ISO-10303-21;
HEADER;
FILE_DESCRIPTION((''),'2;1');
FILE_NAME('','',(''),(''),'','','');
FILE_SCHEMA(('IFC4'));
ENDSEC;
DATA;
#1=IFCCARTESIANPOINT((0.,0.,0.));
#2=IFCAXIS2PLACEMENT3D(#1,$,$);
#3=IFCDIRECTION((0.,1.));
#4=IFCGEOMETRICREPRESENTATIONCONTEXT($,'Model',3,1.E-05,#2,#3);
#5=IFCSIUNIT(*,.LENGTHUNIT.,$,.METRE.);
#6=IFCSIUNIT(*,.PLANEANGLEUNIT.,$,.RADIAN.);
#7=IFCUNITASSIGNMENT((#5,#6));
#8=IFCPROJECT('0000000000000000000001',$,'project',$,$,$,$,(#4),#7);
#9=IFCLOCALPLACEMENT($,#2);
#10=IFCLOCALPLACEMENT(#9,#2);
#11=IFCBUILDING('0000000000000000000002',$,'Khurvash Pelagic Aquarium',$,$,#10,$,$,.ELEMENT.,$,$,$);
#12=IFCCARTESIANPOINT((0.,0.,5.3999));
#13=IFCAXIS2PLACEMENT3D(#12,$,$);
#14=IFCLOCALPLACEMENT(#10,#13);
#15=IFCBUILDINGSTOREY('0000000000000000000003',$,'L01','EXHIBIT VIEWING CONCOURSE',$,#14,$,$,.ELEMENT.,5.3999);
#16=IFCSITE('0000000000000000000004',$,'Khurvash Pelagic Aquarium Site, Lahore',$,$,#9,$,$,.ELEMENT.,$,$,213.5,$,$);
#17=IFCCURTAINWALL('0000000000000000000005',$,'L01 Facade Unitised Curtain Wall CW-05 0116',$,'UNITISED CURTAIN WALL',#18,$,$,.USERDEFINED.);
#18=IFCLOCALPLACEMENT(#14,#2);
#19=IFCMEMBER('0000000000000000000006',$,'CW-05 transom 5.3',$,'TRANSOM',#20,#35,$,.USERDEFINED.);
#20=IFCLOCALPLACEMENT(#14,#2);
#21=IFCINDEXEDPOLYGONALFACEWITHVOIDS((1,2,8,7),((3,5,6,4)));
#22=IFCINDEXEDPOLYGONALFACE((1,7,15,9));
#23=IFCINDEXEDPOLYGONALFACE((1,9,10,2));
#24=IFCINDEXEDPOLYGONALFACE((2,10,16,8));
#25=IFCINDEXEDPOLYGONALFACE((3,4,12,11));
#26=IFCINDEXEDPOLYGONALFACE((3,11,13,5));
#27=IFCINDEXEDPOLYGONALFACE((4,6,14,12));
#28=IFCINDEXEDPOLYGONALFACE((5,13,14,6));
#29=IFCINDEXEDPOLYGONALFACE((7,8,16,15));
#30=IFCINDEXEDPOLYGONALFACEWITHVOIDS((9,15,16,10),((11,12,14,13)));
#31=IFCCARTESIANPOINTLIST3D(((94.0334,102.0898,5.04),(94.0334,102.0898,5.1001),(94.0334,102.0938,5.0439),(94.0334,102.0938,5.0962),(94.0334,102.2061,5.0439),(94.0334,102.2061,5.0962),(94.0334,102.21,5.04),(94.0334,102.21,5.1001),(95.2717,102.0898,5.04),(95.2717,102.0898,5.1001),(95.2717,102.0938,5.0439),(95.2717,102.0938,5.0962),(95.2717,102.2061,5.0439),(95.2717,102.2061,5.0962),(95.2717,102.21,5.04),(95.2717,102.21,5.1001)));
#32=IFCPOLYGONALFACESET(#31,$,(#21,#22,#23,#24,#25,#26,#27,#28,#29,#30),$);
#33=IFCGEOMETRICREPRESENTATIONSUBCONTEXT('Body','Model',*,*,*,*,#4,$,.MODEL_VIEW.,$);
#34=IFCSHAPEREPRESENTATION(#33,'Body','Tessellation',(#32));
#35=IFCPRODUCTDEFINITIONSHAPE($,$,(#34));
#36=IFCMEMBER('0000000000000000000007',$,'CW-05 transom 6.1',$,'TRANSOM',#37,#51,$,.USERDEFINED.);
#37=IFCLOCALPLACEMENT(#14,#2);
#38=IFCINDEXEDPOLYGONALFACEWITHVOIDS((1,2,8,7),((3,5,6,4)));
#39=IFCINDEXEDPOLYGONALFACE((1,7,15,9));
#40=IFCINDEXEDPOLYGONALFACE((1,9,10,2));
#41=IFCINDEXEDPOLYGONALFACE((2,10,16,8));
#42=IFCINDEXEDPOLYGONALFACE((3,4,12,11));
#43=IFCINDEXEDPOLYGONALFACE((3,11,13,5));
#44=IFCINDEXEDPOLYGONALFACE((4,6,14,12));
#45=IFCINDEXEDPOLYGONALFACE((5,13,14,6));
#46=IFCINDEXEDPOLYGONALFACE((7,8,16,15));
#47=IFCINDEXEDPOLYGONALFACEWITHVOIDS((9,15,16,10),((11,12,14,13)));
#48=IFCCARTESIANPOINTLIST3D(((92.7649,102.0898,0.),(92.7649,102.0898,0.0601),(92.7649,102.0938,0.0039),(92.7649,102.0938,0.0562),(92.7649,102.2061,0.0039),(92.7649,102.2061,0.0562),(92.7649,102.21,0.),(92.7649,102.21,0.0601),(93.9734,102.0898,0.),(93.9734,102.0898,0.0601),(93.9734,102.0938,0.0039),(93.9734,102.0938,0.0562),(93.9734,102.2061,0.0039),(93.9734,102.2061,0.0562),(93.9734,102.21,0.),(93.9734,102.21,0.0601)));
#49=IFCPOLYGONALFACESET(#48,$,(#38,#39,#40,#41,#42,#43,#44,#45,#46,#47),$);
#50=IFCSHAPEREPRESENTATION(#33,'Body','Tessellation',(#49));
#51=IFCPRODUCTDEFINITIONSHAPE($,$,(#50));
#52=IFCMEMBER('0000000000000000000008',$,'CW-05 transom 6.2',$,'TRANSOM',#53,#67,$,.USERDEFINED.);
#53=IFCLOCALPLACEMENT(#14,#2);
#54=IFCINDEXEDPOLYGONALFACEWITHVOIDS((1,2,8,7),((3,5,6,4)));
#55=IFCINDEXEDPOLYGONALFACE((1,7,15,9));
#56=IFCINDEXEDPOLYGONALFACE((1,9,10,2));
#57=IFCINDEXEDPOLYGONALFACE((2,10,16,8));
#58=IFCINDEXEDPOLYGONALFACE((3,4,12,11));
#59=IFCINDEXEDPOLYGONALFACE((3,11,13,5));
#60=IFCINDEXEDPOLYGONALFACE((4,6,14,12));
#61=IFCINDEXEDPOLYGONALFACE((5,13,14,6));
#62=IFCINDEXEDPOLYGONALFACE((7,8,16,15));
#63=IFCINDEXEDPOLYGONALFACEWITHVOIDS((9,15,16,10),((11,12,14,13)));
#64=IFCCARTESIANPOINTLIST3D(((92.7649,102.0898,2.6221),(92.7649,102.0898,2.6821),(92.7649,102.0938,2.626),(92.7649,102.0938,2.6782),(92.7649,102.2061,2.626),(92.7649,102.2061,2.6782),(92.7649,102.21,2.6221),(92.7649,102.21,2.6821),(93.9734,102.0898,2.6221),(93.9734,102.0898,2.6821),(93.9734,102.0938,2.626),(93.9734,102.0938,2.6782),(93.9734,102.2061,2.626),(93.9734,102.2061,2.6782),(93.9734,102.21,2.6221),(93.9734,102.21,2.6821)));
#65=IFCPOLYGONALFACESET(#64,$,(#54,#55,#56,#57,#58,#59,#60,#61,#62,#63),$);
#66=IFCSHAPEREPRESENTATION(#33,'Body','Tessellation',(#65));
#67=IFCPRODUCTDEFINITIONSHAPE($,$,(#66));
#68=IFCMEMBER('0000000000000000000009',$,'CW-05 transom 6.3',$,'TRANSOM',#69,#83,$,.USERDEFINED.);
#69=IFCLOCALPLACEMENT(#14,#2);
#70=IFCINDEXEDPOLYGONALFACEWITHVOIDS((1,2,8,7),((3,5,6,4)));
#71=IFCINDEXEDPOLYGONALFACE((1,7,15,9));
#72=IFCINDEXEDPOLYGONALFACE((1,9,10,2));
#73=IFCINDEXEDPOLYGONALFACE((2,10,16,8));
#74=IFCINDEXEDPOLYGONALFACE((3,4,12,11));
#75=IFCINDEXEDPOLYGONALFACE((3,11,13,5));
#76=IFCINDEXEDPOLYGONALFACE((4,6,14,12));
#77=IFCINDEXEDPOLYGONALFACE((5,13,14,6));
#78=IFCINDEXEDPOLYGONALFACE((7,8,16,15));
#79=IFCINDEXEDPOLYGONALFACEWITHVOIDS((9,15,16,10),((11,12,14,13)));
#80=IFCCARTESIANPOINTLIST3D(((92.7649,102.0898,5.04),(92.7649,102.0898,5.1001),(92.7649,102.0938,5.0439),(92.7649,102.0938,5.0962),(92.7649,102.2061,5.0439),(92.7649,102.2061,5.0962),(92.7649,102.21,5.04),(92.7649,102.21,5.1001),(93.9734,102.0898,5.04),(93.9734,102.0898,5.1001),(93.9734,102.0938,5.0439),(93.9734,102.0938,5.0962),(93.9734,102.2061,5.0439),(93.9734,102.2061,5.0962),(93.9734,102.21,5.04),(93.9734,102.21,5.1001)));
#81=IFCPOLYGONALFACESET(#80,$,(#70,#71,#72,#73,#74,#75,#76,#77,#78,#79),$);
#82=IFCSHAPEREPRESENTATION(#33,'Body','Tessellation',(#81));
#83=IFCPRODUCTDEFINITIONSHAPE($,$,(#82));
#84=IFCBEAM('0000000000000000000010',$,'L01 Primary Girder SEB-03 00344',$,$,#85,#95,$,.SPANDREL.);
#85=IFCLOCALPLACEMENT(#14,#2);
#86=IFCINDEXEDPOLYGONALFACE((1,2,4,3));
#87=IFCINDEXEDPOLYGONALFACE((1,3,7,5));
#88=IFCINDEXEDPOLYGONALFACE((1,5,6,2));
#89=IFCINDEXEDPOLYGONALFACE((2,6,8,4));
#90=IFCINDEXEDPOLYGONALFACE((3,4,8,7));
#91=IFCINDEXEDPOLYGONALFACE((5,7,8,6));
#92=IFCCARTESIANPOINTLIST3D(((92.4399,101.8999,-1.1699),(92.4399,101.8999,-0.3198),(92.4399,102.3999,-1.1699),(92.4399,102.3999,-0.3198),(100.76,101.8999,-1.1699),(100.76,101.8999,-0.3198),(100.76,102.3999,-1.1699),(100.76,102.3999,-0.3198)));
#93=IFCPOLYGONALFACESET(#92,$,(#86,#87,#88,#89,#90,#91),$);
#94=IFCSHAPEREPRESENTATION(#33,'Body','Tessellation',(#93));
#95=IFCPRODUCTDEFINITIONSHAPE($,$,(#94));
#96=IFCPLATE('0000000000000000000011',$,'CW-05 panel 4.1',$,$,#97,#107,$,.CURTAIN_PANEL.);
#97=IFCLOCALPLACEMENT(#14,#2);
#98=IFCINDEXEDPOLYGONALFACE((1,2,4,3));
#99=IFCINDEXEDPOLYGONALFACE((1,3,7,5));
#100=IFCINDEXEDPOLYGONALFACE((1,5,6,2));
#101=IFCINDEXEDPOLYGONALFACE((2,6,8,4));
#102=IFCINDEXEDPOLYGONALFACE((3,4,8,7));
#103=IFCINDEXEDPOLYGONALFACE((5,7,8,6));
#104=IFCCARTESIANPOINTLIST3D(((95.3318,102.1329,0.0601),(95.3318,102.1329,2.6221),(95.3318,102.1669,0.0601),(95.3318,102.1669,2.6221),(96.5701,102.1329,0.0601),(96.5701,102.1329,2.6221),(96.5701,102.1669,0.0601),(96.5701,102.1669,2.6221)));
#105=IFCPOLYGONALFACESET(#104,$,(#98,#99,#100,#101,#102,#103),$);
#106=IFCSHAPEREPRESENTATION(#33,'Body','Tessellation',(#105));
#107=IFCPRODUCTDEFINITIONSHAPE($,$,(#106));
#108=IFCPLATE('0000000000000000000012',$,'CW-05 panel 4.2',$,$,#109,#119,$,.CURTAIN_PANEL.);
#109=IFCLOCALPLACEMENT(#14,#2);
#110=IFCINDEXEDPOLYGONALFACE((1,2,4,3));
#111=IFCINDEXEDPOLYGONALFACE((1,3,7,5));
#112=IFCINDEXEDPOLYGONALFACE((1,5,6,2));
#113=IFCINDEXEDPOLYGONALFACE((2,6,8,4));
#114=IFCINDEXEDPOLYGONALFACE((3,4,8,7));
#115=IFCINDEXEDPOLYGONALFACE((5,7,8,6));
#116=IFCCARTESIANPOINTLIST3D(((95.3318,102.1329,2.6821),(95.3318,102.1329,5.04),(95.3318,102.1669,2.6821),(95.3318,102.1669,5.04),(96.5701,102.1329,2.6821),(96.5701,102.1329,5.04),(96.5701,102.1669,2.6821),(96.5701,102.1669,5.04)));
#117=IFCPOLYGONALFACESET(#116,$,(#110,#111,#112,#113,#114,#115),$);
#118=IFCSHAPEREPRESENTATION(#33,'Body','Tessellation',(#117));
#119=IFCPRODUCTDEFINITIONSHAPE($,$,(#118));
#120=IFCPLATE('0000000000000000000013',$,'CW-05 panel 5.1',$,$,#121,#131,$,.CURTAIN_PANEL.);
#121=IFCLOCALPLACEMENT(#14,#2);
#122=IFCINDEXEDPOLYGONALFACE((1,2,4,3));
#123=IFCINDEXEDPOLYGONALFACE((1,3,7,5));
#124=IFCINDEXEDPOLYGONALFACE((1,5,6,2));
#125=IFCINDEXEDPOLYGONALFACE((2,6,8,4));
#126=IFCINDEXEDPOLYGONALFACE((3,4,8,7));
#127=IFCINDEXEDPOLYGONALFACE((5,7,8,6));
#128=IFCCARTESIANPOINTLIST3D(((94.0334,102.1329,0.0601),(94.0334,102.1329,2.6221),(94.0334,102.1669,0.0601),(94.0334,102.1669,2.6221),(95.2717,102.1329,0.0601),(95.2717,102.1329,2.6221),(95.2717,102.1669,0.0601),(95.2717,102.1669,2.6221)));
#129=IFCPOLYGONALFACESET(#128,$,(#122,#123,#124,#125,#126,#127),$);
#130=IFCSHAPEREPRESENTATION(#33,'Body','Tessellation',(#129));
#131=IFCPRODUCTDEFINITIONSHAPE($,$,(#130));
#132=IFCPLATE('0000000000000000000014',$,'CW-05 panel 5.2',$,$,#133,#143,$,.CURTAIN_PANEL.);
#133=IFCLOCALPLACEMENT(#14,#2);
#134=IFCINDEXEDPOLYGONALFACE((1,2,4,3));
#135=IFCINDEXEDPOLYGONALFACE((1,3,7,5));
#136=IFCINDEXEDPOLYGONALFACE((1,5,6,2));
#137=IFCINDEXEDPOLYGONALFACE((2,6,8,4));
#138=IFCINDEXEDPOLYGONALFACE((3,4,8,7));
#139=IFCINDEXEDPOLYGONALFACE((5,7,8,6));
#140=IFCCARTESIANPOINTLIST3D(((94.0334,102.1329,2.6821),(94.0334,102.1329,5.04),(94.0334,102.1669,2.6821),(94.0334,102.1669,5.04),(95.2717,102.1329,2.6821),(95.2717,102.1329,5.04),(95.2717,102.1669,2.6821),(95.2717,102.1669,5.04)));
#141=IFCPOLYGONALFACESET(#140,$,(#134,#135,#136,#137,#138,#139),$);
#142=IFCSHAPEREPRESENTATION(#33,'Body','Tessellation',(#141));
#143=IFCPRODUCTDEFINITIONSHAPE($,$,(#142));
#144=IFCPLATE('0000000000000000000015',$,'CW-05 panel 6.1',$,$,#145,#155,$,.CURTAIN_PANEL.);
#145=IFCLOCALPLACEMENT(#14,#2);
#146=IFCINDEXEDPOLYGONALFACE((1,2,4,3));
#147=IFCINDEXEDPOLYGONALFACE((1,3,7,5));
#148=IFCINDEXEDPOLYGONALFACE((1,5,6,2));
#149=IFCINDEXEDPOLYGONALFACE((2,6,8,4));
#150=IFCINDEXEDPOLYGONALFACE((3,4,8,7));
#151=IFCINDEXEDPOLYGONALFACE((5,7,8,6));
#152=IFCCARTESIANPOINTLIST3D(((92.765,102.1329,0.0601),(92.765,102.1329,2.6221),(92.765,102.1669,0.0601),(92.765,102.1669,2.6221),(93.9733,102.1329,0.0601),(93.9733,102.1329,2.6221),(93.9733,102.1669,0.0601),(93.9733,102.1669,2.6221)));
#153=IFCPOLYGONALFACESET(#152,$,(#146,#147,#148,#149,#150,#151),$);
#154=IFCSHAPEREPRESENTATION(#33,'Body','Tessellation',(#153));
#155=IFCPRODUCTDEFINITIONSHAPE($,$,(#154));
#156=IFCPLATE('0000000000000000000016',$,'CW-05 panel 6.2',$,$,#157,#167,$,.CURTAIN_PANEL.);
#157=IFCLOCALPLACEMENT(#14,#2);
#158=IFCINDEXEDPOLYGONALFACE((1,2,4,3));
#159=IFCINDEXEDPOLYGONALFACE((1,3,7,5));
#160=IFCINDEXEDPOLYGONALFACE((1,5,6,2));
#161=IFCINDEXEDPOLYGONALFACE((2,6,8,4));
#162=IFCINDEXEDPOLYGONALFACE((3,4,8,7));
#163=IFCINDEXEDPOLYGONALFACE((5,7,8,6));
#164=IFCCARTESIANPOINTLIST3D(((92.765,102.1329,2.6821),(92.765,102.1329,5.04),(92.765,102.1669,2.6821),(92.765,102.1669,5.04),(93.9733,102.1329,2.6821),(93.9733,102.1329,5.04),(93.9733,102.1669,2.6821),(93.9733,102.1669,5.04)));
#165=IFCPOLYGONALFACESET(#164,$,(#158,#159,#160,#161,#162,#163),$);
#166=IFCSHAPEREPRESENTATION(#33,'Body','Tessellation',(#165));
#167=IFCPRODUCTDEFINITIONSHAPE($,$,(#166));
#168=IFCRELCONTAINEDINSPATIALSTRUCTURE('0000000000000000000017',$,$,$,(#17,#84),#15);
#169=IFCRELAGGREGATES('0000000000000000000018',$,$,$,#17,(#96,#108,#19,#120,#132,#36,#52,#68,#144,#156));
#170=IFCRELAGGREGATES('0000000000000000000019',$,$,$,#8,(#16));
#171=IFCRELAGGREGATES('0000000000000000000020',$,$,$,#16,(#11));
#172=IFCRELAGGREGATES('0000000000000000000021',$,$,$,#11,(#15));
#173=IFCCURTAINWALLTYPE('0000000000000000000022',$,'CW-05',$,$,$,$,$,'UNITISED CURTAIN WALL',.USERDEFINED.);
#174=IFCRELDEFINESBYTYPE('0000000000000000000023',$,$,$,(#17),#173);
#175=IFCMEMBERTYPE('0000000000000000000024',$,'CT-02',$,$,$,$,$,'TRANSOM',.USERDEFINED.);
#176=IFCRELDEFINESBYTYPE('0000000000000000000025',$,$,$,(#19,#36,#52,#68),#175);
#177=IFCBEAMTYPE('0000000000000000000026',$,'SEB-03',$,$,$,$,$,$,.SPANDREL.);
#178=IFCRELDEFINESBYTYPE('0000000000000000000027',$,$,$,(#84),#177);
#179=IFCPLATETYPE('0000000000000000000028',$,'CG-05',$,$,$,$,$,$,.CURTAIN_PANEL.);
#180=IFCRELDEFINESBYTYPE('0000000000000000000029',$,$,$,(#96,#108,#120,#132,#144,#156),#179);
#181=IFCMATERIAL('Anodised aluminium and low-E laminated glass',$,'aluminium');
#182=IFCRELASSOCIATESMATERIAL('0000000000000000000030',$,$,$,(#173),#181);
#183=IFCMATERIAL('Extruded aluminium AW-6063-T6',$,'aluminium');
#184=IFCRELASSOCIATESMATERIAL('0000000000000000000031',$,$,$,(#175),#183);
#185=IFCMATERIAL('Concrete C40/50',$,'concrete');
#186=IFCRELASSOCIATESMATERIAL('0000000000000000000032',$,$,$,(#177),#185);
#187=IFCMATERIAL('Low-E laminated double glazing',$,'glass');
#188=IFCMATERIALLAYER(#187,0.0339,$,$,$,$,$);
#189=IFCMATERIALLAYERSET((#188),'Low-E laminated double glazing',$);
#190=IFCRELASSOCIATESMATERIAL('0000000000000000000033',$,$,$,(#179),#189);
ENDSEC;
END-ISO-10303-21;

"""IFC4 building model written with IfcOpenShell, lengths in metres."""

from ifc_helpers import new_model, si_unit, direction, frame, origin, origin_2d, place, context, subcontext, project, spatial, rectangle, hollow_rectangle, extrude, material, layer, layer_set, material_profile, profile_set, type_object, element, aggregate, save


model = new_model("IFC4")

# Units and contexts
model_context = context("Model", 3, precision=1e-05, world=origin(), true_north=direction((0.0, 1.0)))
body_context = subcontext(model_context, "Body", "Model", "MODEL_VIEW")
ifc_project = project(units=[si_unit("LENGTHUNIT", "METRE"), si_unit("PLANEANGLEUNIT", "RADIAN")], contexts=[model_context])

# Site, building, storey
site_placement = place(None, origin())
site = spatial("IfcSite", under=ifc_project, at=site_placement, Name="Khurvash Pelagic Aquarium Site, Lahore", CompositionType="ELEMENT", RefElevation=213.5)
building_placement = place(site_placement, origin())
building = spatial("IfcBuilding", under=site, at=building_placement, Name="Khurvash Pelagic Aquarium", CompositionType="ELEMENT")
storey_placement = place(building_placement, frame((0.0, 0.0, 5.3999)))
storey = spatial("IfcBuildingStorey", under=building, at=storey_placement, Name="L01", Description="EXHIBIT VIEWING CONCOURSE", CompositionType="ELEMENT", Elevation=5.3999)

# Curtain wall, members
ifc_material_1 = material(Name="Anodised aluminium and low-E laminated glass", Category="aluminium")
curtain_wall_type = type_object("IfcCurtainWallType", Name="CW-05", ElementType="UNITISED CURTAIN WALL", PredefinedType="USERDEFINED", material=ifc_material_1)
curtain_wall_placement = place(storey_placement, origin())
curtain_wall = element("IfcCurtainWall", 1, at=curtain_wall_placement, inside=storey, type_object=curtain_wall_type, Name="L01 Facade Unitised Curtain Wall CW-05 0116", ObjectType="UNITISED CURTAIN WALL", PredefinedType="USERDEFINED")
ifc_material_2 = material(Name="Extruded aluminium AW-6063-T6", Category="aluminium")
ifc_material_profile_1 = material_profile(ifc_material_2, hollow_rectangle(XDim=0.1201, YDim=0.0601, WallThickness=0.0039, at=origin_2d()), Name="CWT120X60X4")
ifc_profile_set_1 = profile_set([ifc_material_profile_1], Name="Extruded aluminium AW-6063-T6")
member_type_1 = type_object("IfcMemberType", Name="CT-02", ElementType="TRANSOM", PredefinedType="USERDEFINED", material=ifc_profile_set_1)
member_1_placement = place(storey_placement, frame((95.2717, 102.1499, 5.0701), z_axis=(-1.0, 0.0, 0.0), x_axis=(0.0, -1.0, 0.0)))
member_1 = element("IfcMember", 2, at=member_1_placement, type_object=member_type_1, Name="CW-05 transom 5.3", ObjectType="TRANSOM", PredefinedType="USERDEFINED", context=body_context, shape_type="SweptSolid", body=[
    extrude(hollow_rectangle(XDim=0.1201, YDim=0.0601, WallThickness=0.0039, at=origin_2d()), origin(), (0.0, 0.0, 1.0), 1.2383),
])
member_2_placement = place(storey_placement, frame((93.9734, 102.1499, 0.03), z_axis=(-1.0, 0.0, 0.0), x_axis=(0.0, -1.0, 0.0)))
member_2 = element("IfcMember", 3, at=member_2_placement, type_object=member_type_1, Name="CW-05 transom 6.1", ObjectType="TRANSOM", PredefinedType="USERDEFINED", context=body_context, shape_type="SweptSolid", body=[
    extrude(hollow_rectangle(XDim=0.1201, YDim=0.0601, WallThickness=0.0039, at=origin_2d()), origin(), (0.0, 0.0, 1.0), 1.2085),
])
member_3_placement = place(storey_placement, frame((93.9734, 102.1499, 2.6521), z_axis=(-1.0, 0.0, 0.0), x_axis=(0.0, -1.0, 0.0)))
member_3 = element("IfcMember", 4, at=member_3_placement, type_object=member_type_1, Name="CW-05 transom 6.2", ObjectType="TRANSOM", PredefinedType="USERDEFINED", context=body_context, shape_type="SweptSolid", body=[
    extrude(hollow_rectangle(XDim=0.1201, YDim=0.0601, WallThickness=0.0039, at=origin_2d()), origin(), (0.0, 0.0, 1.0), 1.2085),
])
member_4_placement = place(storey_placement, frame((93.9734, 102.1499, 5.0701), z_axis=(-1.0, 0.0, 0.0), x_axis=(0.0, -1.0, 0.0)))
member_4 = element("IfcMember", 5, at=member_4_placement, type_object=member_type_1, Name="CW-05 transom 6.3", ObjectType="TRANSOM", PredefinedType="USERDEFINED", context=body_context, shape_type="SweptSolid", body=[
    extrude(hollow_rectangle(XDim=0.1201, YDim=0.0601, WallThickness=0.0039, at=origin_2d()), origin(), (0.0, 0.0, 1.0), 1.2085),
])

# Beam
ifc_material_3 = material(Name="Concrete C40/50", Category="concrete")
ifc_material_profile_2 = material_profile(ifc_material_3, rectangle(XDim=0.5, YDim=0.8501, at=origin_2d()), Name="RC500X850")
ifc_profile_set_2 = profile_set([ifc_material_profile_2], Name="Concrete C40/50")
beam_type_1 = type_object("IfcBeamType", Name="SEB-03", PredefinedType="SPANDREL", material=ifc_profile_set_2)
beam_placement = place(storey_placement, frame((92.4399, 102.1499, -0.7449), z_axis=(1.0, 0.0, 0.0), x_axis=(0.0, 1.0, 0.0)))
element("IfcBeam", 6, at=beam_placement, inside=storey, type_object=beam_type_1, Name="L01 Primary Girder SEB-03 00344", PredefinedType="SPANDREL", context=body_context, shape_type="SweptSolid", body=[
    extrude(rectangle(XDim=0.5, YDim=0.8501, at=origin_2d()), origin(), (0.0, 0.0, 1.0), 8.3201),
])

# Plates
ifc_material_4 = material(Name="Low-E laminated double glazing", Category="glass")
ifc_layer = layer(ifc_material_4, 0.0339)
ifc_layer_set = layer_set([ifc_layer], Name="Low-E laminated double glazing")
plate_type = type_object("IfcPlateType", Name="CG-05", PredefinedType="CURTAIN_PANEL", material=ifc_layer_set)
plate_1_placement = place(storey_placement, frame((95.9509, 102.1499, 0.0601), z_axis=(0.0, 0.0, 1.0), x_axis=(-1.0, 0.0, 0.0)))
plate_1 = element("IfcPlate", 7, at=plate_1_placement, type_object=plate_type, Name="CW-05 panel 4.1", PredefinedType="CURTAIN_PANEL", context=body_context, shape_type="SweptSolid", body=[
    extrude(rectangle(XDim=1.2383, YDim=0.0339, at=origin_2d()), origin(), (0.0, 0.0, 1.0), 2.562),
])
plate_2_placement = place(storey_placement, frame((95.9509, 102.1499, 2.6821), z_axis=(0.0, 0.0, 1.0), x_axis=(-1.0, 0.0, 0.0)))
plate_2 = element("IfcPlate", 8, at=plate_2_placement, type_object=plate_type, Name="CW-05 panel 4.2", PredefinedType="CURTAIN_PANEL", context=body_context, shape_type="SweptSolid", body=[
    extrude(rectangle(XDim=1.2383, YDim=0.0339, at=origin_2d()), origin(), (0.0, 0.0, 1.0), 2.3579),
])
plate_3_placement = place(storey_placement, frame((94.6526, 102.1499, 0.0601), z_axis=(0.0, 0.0, 1.0), x_axis=(-1.0, 0.0, 0.0)))
plate_3 = element("IfcPlate", 9, at=plate_3_placement, type_object=plate_type, Name="CW-05 panel 5.1", PredefinedType="CURTAIN_PANEL", context=body_context, shape_type="SweptSolid", body=[
    extrude(rectangle(XDim=1.2383, YDim=0.0339, at=origin_2d()), origin(), (0.0, 0.0, 1.0), 2.562),
])
plate_4_placement = place(storey_placement, frame((94.6526, 102.1499, 2.6821), z_axis=(0.0, 0.0, 1.0), x_axis=(-1.0, 0.0, 0.0)))
plate_4 = element("IfcPlate", 10, at=plate_4_placement, type_object=plate_type, Name="CW-05 panel 5.2", PredefinedType="CURTAIN_PANEL", context=body_context, shape_type="SweptSolid", body=[
    extrude(rectangle(XDim=1.2383, YDim=0.0339, at=origin_2d()), origin(), (0.0, 0.0, 1.0), 2.3579),
])
plate_5_placement = place(storey_placement, frame((93.3691, 102.1499, 0.0601), z_axis=(0.0, 0.0, 1.0), x_axis=(-1.0, 0.0, 0.0)))
plate_5 = element("IfcPlate", 11, at=plate_5_placement, type_object=plate_type, Name="CW-05 panel 6.1", PredefinedType="CURTAIN_PANEL", context=body_context, shape_type="SweptSolid", body=[
    extrude(rectangle(XDim=1.2083, YDim=0.0339, at=origin_2d()), origin(), (0.0, 0.0, 1.0), 2.562),
])
plate_6_placement = place(storey_placement, frame((93.3691, 102.1499, 2.6821), z_axis=(0.0, 0.0, 1.0), x_axis=(-1.0, 0.0, 0.0)))
plate_6 = element("IfcPlate", 12, at=plate_6_placement, type_object=plate_type, Name="CW-05 panel 6.2", PredefinedType="CURTAIN_PANEL", context=body_context, shape_type="SweptSolid", body=[
    extrude(rectangle(XDim=1.2083, YDim=0.0339, at=origin_2d()), origin(), (0.0, 0.0, 1.0), 2.3579),
])
aggregate(curtain_wall, [plate_1, plate_2, member_1, plate_3, plate_4, member_2, member_3, member_4, plate_5, plate_6])

save(model, "model.ifc")
